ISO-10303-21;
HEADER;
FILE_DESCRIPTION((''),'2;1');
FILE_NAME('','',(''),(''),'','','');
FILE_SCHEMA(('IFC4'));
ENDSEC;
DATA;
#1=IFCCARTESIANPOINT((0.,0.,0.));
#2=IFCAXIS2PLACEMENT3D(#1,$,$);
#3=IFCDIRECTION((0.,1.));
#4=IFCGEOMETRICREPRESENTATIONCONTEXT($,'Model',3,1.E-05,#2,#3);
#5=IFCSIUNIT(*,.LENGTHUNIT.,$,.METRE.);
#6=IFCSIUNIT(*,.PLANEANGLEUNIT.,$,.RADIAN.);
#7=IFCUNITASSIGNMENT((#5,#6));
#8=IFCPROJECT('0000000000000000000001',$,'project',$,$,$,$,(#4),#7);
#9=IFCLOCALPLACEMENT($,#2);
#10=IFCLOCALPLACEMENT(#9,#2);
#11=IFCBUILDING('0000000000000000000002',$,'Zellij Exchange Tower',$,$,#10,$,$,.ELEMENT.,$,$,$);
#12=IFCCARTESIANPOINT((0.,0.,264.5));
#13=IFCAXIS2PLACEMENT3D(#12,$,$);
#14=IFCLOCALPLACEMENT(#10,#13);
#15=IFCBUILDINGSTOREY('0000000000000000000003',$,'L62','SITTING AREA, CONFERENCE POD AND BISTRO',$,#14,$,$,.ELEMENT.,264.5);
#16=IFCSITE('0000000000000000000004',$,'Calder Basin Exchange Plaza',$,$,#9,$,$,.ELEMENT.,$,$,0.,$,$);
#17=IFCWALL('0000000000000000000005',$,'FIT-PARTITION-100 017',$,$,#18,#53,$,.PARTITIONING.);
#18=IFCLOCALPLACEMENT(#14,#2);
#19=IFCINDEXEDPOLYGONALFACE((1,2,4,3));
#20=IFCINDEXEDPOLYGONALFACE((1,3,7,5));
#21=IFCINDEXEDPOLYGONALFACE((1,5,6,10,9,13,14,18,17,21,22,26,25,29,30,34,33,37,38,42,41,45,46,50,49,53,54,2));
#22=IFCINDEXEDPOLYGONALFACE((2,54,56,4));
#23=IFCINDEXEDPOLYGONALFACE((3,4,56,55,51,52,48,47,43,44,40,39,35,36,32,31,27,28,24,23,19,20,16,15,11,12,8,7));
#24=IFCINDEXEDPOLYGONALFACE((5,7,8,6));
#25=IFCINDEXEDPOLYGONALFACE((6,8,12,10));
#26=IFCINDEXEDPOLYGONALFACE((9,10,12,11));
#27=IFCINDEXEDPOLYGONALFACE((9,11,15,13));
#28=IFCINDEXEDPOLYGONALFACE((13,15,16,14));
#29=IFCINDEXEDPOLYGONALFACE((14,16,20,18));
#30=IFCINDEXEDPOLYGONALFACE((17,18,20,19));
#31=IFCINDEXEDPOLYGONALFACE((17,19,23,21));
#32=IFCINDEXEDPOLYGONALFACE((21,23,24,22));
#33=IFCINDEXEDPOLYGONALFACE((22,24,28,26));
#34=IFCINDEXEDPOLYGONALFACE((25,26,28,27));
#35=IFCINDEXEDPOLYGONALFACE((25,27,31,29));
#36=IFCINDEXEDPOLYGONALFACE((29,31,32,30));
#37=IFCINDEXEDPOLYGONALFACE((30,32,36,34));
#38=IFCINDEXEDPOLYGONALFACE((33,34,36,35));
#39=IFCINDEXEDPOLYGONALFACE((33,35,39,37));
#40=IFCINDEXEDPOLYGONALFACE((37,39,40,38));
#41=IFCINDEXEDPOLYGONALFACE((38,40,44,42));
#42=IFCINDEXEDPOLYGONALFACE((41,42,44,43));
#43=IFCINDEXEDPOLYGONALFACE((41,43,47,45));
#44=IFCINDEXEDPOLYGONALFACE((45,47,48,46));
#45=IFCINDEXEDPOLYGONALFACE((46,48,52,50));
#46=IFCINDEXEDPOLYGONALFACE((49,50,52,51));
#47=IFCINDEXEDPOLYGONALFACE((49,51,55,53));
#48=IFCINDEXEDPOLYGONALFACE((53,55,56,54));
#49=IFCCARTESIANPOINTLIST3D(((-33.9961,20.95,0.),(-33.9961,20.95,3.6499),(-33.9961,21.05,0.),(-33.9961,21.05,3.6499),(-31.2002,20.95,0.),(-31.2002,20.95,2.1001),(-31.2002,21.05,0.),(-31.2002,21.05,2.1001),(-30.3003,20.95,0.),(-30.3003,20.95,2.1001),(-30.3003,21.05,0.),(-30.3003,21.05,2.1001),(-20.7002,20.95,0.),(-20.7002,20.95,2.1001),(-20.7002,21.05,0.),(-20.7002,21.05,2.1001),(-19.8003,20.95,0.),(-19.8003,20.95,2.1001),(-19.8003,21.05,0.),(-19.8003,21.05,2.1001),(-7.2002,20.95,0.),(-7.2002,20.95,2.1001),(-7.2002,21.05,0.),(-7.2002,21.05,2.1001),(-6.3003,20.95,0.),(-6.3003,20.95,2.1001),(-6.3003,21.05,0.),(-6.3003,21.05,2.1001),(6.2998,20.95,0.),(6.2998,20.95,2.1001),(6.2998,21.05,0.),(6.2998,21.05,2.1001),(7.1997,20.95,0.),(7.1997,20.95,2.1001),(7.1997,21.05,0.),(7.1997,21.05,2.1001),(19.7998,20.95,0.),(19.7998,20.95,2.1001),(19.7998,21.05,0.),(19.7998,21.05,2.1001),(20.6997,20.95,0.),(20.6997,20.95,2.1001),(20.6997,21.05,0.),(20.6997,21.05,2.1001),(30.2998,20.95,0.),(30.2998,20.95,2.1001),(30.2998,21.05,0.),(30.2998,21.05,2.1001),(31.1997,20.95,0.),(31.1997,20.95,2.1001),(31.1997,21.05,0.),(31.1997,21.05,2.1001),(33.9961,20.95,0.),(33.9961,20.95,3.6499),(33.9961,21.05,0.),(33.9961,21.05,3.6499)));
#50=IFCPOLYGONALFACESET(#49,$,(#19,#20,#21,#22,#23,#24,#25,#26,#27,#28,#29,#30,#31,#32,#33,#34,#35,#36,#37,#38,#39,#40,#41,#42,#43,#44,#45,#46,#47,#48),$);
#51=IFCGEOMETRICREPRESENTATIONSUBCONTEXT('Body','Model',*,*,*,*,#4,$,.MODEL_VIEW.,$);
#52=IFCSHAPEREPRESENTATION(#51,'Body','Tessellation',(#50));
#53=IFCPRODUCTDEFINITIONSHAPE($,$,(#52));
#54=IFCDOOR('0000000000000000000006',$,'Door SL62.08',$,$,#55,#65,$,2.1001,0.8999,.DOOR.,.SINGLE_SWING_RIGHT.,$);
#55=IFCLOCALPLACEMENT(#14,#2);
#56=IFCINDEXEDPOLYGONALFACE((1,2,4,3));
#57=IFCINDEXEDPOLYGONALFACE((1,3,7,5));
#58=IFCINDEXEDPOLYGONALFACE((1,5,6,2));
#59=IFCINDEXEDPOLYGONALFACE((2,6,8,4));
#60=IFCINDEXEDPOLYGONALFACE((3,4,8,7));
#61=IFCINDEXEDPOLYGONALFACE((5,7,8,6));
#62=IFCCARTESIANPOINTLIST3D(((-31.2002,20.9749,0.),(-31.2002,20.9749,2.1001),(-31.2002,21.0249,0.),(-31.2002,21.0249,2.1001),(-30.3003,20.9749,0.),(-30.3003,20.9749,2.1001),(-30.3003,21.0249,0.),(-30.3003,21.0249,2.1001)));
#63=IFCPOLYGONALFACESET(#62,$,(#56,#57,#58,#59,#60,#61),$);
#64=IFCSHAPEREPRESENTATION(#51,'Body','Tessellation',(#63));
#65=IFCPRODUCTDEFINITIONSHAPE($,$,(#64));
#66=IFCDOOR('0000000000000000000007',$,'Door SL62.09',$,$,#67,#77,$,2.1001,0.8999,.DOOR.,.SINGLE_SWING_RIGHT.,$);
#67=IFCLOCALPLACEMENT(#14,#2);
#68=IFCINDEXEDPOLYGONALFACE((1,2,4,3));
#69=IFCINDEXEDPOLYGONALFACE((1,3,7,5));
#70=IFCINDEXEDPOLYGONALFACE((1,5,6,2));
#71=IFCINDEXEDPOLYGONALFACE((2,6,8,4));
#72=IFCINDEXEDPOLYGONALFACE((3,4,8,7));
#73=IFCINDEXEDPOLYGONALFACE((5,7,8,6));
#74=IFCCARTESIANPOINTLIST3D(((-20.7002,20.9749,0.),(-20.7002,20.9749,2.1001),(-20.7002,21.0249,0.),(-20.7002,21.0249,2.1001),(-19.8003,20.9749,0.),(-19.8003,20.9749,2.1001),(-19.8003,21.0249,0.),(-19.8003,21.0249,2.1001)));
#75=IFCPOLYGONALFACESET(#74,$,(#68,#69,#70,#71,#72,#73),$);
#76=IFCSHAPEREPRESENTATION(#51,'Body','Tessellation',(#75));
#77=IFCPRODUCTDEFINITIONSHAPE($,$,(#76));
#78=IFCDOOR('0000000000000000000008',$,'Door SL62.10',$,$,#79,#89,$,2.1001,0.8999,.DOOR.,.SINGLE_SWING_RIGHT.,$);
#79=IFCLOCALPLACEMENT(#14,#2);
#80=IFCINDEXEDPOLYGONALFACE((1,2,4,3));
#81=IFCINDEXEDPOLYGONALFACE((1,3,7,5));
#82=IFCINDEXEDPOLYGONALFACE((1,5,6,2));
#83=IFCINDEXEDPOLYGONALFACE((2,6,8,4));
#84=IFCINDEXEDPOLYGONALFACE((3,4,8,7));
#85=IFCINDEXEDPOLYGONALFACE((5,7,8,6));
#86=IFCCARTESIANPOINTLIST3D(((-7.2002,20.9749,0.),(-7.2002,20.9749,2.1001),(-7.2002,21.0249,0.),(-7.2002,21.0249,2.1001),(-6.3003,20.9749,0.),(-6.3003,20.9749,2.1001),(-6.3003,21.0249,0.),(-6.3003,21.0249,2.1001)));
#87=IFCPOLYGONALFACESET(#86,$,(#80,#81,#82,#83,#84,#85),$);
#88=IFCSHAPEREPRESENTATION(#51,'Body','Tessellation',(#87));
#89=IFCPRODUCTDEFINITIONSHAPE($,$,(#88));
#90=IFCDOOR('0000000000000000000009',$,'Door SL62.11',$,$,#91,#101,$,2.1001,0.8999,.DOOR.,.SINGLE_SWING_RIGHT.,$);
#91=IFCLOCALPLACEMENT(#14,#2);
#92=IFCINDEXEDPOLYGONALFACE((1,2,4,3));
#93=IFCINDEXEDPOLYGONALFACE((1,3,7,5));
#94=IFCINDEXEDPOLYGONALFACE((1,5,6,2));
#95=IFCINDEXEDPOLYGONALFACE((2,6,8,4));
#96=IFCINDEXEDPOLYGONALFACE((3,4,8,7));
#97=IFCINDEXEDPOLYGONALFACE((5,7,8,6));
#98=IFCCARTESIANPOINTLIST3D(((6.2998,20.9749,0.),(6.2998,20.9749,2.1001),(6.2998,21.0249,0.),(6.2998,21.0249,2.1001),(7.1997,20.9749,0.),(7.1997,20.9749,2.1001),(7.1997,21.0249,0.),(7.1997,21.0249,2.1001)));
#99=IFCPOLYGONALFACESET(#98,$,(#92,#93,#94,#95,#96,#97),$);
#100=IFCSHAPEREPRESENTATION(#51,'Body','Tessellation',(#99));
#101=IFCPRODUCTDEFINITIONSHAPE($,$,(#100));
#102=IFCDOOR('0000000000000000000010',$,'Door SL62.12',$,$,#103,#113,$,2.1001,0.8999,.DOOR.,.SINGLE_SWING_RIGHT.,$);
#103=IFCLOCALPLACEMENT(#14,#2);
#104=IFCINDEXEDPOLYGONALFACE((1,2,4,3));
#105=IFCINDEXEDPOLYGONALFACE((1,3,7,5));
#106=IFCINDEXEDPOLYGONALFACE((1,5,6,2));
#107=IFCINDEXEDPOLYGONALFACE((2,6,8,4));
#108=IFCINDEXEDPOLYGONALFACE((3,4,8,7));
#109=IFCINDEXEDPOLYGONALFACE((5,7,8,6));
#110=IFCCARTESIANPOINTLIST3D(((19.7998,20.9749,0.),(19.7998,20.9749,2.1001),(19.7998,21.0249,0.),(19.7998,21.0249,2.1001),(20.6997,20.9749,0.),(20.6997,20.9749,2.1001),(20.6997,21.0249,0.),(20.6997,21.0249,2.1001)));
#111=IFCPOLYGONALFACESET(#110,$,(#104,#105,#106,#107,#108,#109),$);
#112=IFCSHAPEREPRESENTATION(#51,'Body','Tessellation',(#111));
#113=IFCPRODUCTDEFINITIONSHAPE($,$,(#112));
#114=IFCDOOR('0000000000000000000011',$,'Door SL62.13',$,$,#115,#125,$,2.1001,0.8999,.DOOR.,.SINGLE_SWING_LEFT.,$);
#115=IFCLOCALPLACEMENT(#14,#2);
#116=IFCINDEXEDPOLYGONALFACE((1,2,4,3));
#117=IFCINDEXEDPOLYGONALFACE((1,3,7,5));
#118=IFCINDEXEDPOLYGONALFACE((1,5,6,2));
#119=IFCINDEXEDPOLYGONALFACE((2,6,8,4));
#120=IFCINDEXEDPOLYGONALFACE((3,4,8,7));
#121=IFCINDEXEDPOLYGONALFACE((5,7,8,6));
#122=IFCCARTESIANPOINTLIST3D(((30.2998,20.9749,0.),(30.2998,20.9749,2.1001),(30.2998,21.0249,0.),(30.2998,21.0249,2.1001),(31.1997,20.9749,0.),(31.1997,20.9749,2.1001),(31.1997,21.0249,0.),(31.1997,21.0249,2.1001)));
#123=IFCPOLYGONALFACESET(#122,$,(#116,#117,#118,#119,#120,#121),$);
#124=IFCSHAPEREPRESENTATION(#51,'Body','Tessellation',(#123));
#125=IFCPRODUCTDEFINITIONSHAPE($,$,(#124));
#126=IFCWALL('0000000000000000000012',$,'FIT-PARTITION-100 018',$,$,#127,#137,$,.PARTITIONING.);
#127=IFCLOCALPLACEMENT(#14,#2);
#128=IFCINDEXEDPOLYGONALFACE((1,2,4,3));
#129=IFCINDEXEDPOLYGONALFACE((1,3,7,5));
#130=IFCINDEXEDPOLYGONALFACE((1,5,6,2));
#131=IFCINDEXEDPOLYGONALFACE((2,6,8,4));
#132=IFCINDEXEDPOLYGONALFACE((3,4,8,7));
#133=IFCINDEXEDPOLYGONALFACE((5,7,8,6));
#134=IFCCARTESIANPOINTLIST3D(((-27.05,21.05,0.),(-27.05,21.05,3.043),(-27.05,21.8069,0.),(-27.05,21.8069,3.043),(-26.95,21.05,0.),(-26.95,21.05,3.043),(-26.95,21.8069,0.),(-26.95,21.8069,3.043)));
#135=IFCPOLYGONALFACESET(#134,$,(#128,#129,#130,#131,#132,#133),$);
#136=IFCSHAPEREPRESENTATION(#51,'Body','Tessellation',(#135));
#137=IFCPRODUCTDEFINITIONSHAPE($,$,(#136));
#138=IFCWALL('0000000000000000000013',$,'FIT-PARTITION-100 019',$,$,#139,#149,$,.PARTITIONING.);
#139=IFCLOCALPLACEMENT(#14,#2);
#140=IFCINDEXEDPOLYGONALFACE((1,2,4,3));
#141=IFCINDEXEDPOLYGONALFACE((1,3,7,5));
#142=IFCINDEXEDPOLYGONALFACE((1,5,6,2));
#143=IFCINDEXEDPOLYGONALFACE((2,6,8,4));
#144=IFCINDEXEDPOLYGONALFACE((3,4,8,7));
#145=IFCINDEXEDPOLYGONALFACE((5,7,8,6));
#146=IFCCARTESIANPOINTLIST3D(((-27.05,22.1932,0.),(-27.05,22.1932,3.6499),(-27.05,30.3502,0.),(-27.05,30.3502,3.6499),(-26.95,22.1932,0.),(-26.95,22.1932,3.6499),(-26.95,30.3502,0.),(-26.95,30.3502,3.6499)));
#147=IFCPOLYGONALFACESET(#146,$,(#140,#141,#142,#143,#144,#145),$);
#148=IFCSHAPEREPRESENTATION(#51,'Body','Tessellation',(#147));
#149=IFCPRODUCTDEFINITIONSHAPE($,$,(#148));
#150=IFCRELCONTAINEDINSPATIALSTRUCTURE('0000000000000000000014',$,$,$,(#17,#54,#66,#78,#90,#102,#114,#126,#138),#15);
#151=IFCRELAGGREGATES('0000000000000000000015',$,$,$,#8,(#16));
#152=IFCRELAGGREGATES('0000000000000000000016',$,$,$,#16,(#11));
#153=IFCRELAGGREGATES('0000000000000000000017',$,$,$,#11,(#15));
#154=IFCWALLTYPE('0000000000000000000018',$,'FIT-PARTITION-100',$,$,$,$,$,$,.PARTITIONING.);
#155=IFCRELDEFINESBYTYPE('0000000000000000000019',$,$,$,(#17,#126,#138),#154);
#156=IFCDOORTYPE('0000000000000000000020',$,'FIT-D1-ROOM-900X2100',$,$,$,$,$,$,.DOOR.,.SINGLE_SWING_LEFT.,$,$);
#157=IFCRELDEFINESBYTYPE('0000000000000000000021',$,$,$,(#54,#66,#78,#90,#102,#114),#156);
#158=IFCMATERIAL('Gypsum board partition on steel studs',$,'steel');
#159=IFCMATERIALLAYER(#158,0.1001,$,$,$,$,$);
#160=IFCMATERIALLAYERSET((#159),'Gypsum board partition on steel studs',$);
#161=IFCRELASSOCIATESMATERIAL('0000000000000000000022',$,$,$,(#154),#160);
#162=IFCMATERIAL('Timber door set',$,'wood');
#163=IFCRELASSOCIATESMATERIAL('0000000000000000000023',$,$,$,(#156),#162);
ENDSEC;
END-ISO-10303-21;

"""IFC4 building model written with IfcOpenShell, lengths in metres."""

from ifc_helpers import new_model, si_unit, direction, frame, frame_2d, origin, place, context, subcontext, project, spatial, rectangle, extrude, material, layer, layer_set, type_object, element, fill, save


model = new_model("IFC4")

# Units and contexts
model_context = context("Model", 3, precision=1e-05, world=origin(), true_north=direction((0.0, 1.0)))
body_context = subcontext(model_context, "Body", "Model", "MODEL_VIEW")
ifc_project = project(units=[si_unit("LENGTHUNIT", "METRE"), si_unit("PLANEANGLEUNIT", "RADIAN")], contexts=[model_context])

# Site, building, storey
site_placement = place(None, origin())
site = spatial("IfcSite", under=ifc_project, at=site_placement, Name="Calder Basin Exchange Plaza", CompositionType="ELEMENT", RefElevation=0.0)
building_placement = place(site_placement, origin())
building = spatial("IfcBuilding", under=site, at=building_placement, Name="Zellij Exchange Tower", CompositionType="ELEMENT")
storey_placement = place(building_placement, frame((0.0, 0.0, 264.5)))
storey = spatial("IfcBuildingStorey", under=building, at=storey_placement, Name="L62", Description="SITTING AREA, CONFERENCE POD AND BISTRO", CompositionType="ELEMENT", Elevation=264.5)

# Wall, openings, doors
ifc_material_1 = material(Name="Gypsum board partition on steel studs", Category="steel")
ifc_layer_1 = layer(ifc_material_1, 0.1001)
ifc_layer_set_1 = layer_set([ifc_layer_1], Name="Gypsum board partition on steel studs")
wall_type = type_object("IfcWallType", Name="FIT-PARTITION-100", PredefinedType="PARTITIONING", material=ifc_layer_set_1)
wall_1_placement = place(storey_placement, frame((-33.9961, 21.0, 0.0), z_axis=(0.0, 0.0, 1.0), x_axis=(1.0, 0.0, 0.0)))
wall_1 = element("IfcWall", 1, at=wall_1_placement, inside=storey, type_object=wall_type, Name="FIT-PARTITION-100 017", PredefinedType="PARTITIONING", context=body_context, shape_type="SweptSolid", body=[
    extrude(rectangle(XDim=67.9922, YDim=0.1001, at=frame_2d((33.9961, 0.0))), origin(), (0.0, 0.0, 1.0), 3.6499),
])
opening_1_placement = place(wall_1_placement, frame((2.7959, 0.0, 0.0)))
opening_1 = element("IfcOpeningElement", 2, at=opening_1_placement, cuts=wall_1, PredefinedType="OPENING", context=body_context, shape_type="SweptSolid", body=[
    extrude(rectangle(XDim=0.8999, YDim=2.1001, at=frame_2d((0.45, 1.05))), frame((0.0, 0.062, 0.0), z_axis=(0.0, -1.0, 0.0), x_axis=(1.0, 0.0, 0.0)), (0.0, 0.0, 1.0), 0.124),
])
opening_2_placement = place(wall_1_placement, frame((13.2959, 0.0, 0.0)))
opening_2 = element("IfcOpeningElement", 3, at=opening_2_placement, cuts=wall_1, PredefinedType="OPENING", context=body_context, shape_type="SweptSolid", body=[
    extrude(rectangle(XDim=0.8999, YDim=2.1001, at=frame_2d((0.45, 1.05))), frame((0.0, 0.062, 0.0), z_axis=(0.0, -1.0, 0.0), x_axis=(1.0, 0.0, 0.0)), (0.0, 0.0, 1.0), 0.124),
])
opening_3_placement = place(wall_1_placement, frame((26.7959, 0.0, 0.0)))
opening_3 = element("IfcOpeningElement", 4, at=opening_3_placement, cuts=wall_1, PredefinedType="OPENING", context=body_context, shape_type="SweptSolid", body=[
    extrude(rectangle(XDim=0.8999, YDim=2.1001, at=frame_2d((0.45, 1.05))), frame((0.0, 0.062, 0.0), z_axis=(0.0, -1.0, 0.0), x_axis=(1.0, 0.0, 0.0)), (0.0, 0.0, 1.0), 0.124),
])
opening_4_placement = place(wall_1_placement, frame((40.2959, 0.0, 0.0)))
opening_4 = element("IfcOpeningElement", 5, at=opening_4_placement, cuts=wall_1, PredefinedType="OPENING", context=body_context, shape_type="SweptSolid", body=[
    extrude(rectangle(XDim=0.8999, YDim=2.1001, at=frame_2d((0.45, 1.05))), frame((0.0, 0.062, 0.0), z_axis=(0.0, -1.0, 0.0), x_axis=(1.0, 0.0, 0.0)), (0.0, 0.0, 1.0), 0.124),
])
opening_5_placement = place(wall_1_placement, frame((53.7959, 0.0, 0.0)))
opening_5 = element("IfcOpeningElement", 6, at=opening_5_placement, cuts=wall_1, PredefinedType="OPENING", context=body_context, shape_type="SweptSolid", body=[
    extrude(rectangle(XDim=0.8999, YDim=2.1001, at=frame_2d((0.45, 1.05))), frame((0.0, 0.062, 0.0), z_axis=(0.0, -1.0, 0.0), x_axis=(1.0, 0.0, 0.0)), (0.0, 0.0, 1.0), 0.124),
])
opening_6_placement = place(wall_1_placement, frame((64.2959, 0.0, 0.0)))
opening_6 = element("IfcOpeningElement", 7, at=opening_6_placement, cuts=wall_1, PredefinedType="OPENING", context=body_context, shape_type="SweptSolid", body=[
    extrude(rectangle(XDim=0.8999, YDim=2.1001, at=frame_2d((0.45, 1.05))), frame((0.0, 0.062, 0.0), z_axis=(0.0, -1.0, 0.0), x_axis=(1.0, 0.0, 0.0)), (0.0, 0.0, 1.0), 0.124),
])
ifc_material_2 = material(Name="Timber door set", Category="wood")
door_type = type_object("IfcDoorType", Name="FIT-D1-ROOM-900X2100", OperationType="SINGLE_SWING_LEFT", PredefinedType="DOOR", material=ifc_material_2)
door_1_placement = place(opening_1_placement, origin())
door_1 = element("IfcDoor", 8, at=door_1_placement, inside=storey, type_object=door_type, Name="Door SL62.08", OperationType="SINGLE_SWING_RIGHT", OverallHeight=2.1001, OverallWidth=0.8999, PredefinedType="DOOR", context=body_context, shape_type="SweptSolid", body=[
    extrude(rectangle(XDim=0.8999, YDim=2.1001, at=frame_2d((0.45, 1.05))), frame((0.0, 0.0249, 0.0), z_axis=(0.0, -1.0, 0.0), x_axis=(1.0, 0.0, 0.0)), (0.0, 0.0, 1.0), 0.05),
])
fill(opening_1, door_1)
door_2_placement = place(opening_2_placement, origin())
door_2 = element("IfcDoor", 9, at=door_2_placement, inside=storey, type_object=door_type, Name="Door SL62.09", OperationType="SINGLE_SWING_RIGHT", OverallHeight=2.1001, OverallWidth=0.8999, PredefinedType="DOOR", context=body_context, shape_type="SweptSolid", body=[
    extrude(rectangle(XDim=0.8999, YDim=2.1001, at=frame_2d((0.45, 1.05))), frame((0.0, 0.0249, 0.0), z_axis=(0.0, -1.0, 0.0), x_axis=(1.0, 0.0, 0.0)), (0.0, 0.0, 1.0), 0.05),
])
fill(opening_2, door_2)
door_3_placement = place(opening_3_placement, origin())
door_3 = element("IfcDoor", 10, at=door_3_placement, inside=storey, type_object=door_type, Name="Door SL62.10", OperationType="SINGLE_SWING_RIGHT", OverallHeight=2.1001, OverallWidth=0.8999, PredefinedType="DOOR", context=body_context, shape_type="SweptSolid", body=[
    extrude(rectangle(XDim=0.8999, YDim=2.1001, at=frame_2d((0.45, 1.05))), frame((0.0, 0.0249, 0.0), z_axis=(0.0, -1.0, 0.0), x_axis=(1.0, 0.0, 0.0)), (0.0, 0.0, 1.0), 0.05),
])
fill(opening_3, door_3)
door_4_placement = place(opening_4_placement, origin())
door_4 = element("IfcDoor", 11, at=door_4_placement, inside=storey, type_object=door_type, Name="Door SL62.11", OperationType="SINGLE_SWING_RIGHT", OverallHeight=2.1001, OverallWidth=0.8999, PredefinedType="DOOR", context=body_context, shape_type="SweptSolid", body=[
    extrude(rectangle(XDim=0.8999, YDim=2.1001, at=frame_2d((0.45, 1.05))), frame((0.0, 0.0249, 0.0), z_axis=(0.0, -1.0, 0.0), x_axis=(1.0, 0.0, 0.0)), (0.0, 0.0, 1.0), 0.05),
])
fill(opening_4, door_4)
door_5_placement = place(opening_5_placement, origin())
door_5 = element("IfcDoor", 12, at=door_5_placement, inside=storey, type_object=door_type, Name="Door SL62.12", OperationType="SINGLE_SWING_RIGHT", OverallHeight=2.1001, OverallWidth=0.8999, PredefinedType="DOOR", context=body_context, shape_type="SweptSolid", body=[
    extrude(rectangle(XDim=0.8999, YDim=2.1001, at=frame_2d((0.45, 1.05))), frame((0.0, 0.0249, 0.0), z_axis=(0.0, -1.0, 0.0), x_axis=(1.0, 0.0, 0.0)), (0.0, 0.0, 1.0), 0.05),
])
fill(opening_5, door_5)
door_6_placement = place(opening_6_placement, origin())
door_6 = element("IfcDoor", 13, at=door_6_placement, inside=storey, type_object=door_type, Name="Door SL62.13", OperationType="SINGLE_SWING_LEFT", OverallHeight=2.1001, OverallWidth=0.8999, PredefinedType="DOOR", context=body_context, shape_type="SweptSolid", body=[
    extrude(rectangle(XDim=0.8999, YDim=2.1001, at=frame_2d((0.45, 1.05))), frame((0.0, 0.0249, 0.0), z_axis=(0.0, -1.0, 0.0), x_axis=(1.0, 0.0, 0.0)), (0.0, 0.0, 1.0), 0.05),
])
fill(opening_6, door_6)

# Walls
wall_2_placement = place(storey_placement, frame((-27.0, 21.05, 0.0), z_axis=(0.0, 0.0, 1.0), x_axis=(0.0, 1.0, 0.0)))
element("IfcWall", 14, at=wall_2_placement, inside=storey, type_object=wall_type, Name="FIT-PARTITION-100 018", PredefinedType="PARTITIONING", context=body_context, shape_type="SweptSolid", body=[
    extrude(rectangle(XDim=0.7568, YDim=0.1001, at=frame_2d((0.3784, 0.0))), origin(), (0.0, 0.0, 1.0), 3.043),
])
wall_3_placement = place(storey_placement, frame((-27.0, 22.1931, 0.0), z_axis=(0.0, 0.0, 1.0), x_axis=(0.0, 1.0, 0.0)))
element("IfcWall", 15, at=wall_3_placement, inside=storey, type_object=wall_type, Name="FIT-PARTITION-100 019", PredefinedType="PARTITIONING", context=body_context, shape_type="SweptSolid", body=[
    extrude(rectangle(XDim=8.157, YDim=0.1001, at=frame_2d((4.0786, 0.0))), origin(), (0.0, 0.0, 1.0), 3.6499),
])

save(model, "model.ifc")
